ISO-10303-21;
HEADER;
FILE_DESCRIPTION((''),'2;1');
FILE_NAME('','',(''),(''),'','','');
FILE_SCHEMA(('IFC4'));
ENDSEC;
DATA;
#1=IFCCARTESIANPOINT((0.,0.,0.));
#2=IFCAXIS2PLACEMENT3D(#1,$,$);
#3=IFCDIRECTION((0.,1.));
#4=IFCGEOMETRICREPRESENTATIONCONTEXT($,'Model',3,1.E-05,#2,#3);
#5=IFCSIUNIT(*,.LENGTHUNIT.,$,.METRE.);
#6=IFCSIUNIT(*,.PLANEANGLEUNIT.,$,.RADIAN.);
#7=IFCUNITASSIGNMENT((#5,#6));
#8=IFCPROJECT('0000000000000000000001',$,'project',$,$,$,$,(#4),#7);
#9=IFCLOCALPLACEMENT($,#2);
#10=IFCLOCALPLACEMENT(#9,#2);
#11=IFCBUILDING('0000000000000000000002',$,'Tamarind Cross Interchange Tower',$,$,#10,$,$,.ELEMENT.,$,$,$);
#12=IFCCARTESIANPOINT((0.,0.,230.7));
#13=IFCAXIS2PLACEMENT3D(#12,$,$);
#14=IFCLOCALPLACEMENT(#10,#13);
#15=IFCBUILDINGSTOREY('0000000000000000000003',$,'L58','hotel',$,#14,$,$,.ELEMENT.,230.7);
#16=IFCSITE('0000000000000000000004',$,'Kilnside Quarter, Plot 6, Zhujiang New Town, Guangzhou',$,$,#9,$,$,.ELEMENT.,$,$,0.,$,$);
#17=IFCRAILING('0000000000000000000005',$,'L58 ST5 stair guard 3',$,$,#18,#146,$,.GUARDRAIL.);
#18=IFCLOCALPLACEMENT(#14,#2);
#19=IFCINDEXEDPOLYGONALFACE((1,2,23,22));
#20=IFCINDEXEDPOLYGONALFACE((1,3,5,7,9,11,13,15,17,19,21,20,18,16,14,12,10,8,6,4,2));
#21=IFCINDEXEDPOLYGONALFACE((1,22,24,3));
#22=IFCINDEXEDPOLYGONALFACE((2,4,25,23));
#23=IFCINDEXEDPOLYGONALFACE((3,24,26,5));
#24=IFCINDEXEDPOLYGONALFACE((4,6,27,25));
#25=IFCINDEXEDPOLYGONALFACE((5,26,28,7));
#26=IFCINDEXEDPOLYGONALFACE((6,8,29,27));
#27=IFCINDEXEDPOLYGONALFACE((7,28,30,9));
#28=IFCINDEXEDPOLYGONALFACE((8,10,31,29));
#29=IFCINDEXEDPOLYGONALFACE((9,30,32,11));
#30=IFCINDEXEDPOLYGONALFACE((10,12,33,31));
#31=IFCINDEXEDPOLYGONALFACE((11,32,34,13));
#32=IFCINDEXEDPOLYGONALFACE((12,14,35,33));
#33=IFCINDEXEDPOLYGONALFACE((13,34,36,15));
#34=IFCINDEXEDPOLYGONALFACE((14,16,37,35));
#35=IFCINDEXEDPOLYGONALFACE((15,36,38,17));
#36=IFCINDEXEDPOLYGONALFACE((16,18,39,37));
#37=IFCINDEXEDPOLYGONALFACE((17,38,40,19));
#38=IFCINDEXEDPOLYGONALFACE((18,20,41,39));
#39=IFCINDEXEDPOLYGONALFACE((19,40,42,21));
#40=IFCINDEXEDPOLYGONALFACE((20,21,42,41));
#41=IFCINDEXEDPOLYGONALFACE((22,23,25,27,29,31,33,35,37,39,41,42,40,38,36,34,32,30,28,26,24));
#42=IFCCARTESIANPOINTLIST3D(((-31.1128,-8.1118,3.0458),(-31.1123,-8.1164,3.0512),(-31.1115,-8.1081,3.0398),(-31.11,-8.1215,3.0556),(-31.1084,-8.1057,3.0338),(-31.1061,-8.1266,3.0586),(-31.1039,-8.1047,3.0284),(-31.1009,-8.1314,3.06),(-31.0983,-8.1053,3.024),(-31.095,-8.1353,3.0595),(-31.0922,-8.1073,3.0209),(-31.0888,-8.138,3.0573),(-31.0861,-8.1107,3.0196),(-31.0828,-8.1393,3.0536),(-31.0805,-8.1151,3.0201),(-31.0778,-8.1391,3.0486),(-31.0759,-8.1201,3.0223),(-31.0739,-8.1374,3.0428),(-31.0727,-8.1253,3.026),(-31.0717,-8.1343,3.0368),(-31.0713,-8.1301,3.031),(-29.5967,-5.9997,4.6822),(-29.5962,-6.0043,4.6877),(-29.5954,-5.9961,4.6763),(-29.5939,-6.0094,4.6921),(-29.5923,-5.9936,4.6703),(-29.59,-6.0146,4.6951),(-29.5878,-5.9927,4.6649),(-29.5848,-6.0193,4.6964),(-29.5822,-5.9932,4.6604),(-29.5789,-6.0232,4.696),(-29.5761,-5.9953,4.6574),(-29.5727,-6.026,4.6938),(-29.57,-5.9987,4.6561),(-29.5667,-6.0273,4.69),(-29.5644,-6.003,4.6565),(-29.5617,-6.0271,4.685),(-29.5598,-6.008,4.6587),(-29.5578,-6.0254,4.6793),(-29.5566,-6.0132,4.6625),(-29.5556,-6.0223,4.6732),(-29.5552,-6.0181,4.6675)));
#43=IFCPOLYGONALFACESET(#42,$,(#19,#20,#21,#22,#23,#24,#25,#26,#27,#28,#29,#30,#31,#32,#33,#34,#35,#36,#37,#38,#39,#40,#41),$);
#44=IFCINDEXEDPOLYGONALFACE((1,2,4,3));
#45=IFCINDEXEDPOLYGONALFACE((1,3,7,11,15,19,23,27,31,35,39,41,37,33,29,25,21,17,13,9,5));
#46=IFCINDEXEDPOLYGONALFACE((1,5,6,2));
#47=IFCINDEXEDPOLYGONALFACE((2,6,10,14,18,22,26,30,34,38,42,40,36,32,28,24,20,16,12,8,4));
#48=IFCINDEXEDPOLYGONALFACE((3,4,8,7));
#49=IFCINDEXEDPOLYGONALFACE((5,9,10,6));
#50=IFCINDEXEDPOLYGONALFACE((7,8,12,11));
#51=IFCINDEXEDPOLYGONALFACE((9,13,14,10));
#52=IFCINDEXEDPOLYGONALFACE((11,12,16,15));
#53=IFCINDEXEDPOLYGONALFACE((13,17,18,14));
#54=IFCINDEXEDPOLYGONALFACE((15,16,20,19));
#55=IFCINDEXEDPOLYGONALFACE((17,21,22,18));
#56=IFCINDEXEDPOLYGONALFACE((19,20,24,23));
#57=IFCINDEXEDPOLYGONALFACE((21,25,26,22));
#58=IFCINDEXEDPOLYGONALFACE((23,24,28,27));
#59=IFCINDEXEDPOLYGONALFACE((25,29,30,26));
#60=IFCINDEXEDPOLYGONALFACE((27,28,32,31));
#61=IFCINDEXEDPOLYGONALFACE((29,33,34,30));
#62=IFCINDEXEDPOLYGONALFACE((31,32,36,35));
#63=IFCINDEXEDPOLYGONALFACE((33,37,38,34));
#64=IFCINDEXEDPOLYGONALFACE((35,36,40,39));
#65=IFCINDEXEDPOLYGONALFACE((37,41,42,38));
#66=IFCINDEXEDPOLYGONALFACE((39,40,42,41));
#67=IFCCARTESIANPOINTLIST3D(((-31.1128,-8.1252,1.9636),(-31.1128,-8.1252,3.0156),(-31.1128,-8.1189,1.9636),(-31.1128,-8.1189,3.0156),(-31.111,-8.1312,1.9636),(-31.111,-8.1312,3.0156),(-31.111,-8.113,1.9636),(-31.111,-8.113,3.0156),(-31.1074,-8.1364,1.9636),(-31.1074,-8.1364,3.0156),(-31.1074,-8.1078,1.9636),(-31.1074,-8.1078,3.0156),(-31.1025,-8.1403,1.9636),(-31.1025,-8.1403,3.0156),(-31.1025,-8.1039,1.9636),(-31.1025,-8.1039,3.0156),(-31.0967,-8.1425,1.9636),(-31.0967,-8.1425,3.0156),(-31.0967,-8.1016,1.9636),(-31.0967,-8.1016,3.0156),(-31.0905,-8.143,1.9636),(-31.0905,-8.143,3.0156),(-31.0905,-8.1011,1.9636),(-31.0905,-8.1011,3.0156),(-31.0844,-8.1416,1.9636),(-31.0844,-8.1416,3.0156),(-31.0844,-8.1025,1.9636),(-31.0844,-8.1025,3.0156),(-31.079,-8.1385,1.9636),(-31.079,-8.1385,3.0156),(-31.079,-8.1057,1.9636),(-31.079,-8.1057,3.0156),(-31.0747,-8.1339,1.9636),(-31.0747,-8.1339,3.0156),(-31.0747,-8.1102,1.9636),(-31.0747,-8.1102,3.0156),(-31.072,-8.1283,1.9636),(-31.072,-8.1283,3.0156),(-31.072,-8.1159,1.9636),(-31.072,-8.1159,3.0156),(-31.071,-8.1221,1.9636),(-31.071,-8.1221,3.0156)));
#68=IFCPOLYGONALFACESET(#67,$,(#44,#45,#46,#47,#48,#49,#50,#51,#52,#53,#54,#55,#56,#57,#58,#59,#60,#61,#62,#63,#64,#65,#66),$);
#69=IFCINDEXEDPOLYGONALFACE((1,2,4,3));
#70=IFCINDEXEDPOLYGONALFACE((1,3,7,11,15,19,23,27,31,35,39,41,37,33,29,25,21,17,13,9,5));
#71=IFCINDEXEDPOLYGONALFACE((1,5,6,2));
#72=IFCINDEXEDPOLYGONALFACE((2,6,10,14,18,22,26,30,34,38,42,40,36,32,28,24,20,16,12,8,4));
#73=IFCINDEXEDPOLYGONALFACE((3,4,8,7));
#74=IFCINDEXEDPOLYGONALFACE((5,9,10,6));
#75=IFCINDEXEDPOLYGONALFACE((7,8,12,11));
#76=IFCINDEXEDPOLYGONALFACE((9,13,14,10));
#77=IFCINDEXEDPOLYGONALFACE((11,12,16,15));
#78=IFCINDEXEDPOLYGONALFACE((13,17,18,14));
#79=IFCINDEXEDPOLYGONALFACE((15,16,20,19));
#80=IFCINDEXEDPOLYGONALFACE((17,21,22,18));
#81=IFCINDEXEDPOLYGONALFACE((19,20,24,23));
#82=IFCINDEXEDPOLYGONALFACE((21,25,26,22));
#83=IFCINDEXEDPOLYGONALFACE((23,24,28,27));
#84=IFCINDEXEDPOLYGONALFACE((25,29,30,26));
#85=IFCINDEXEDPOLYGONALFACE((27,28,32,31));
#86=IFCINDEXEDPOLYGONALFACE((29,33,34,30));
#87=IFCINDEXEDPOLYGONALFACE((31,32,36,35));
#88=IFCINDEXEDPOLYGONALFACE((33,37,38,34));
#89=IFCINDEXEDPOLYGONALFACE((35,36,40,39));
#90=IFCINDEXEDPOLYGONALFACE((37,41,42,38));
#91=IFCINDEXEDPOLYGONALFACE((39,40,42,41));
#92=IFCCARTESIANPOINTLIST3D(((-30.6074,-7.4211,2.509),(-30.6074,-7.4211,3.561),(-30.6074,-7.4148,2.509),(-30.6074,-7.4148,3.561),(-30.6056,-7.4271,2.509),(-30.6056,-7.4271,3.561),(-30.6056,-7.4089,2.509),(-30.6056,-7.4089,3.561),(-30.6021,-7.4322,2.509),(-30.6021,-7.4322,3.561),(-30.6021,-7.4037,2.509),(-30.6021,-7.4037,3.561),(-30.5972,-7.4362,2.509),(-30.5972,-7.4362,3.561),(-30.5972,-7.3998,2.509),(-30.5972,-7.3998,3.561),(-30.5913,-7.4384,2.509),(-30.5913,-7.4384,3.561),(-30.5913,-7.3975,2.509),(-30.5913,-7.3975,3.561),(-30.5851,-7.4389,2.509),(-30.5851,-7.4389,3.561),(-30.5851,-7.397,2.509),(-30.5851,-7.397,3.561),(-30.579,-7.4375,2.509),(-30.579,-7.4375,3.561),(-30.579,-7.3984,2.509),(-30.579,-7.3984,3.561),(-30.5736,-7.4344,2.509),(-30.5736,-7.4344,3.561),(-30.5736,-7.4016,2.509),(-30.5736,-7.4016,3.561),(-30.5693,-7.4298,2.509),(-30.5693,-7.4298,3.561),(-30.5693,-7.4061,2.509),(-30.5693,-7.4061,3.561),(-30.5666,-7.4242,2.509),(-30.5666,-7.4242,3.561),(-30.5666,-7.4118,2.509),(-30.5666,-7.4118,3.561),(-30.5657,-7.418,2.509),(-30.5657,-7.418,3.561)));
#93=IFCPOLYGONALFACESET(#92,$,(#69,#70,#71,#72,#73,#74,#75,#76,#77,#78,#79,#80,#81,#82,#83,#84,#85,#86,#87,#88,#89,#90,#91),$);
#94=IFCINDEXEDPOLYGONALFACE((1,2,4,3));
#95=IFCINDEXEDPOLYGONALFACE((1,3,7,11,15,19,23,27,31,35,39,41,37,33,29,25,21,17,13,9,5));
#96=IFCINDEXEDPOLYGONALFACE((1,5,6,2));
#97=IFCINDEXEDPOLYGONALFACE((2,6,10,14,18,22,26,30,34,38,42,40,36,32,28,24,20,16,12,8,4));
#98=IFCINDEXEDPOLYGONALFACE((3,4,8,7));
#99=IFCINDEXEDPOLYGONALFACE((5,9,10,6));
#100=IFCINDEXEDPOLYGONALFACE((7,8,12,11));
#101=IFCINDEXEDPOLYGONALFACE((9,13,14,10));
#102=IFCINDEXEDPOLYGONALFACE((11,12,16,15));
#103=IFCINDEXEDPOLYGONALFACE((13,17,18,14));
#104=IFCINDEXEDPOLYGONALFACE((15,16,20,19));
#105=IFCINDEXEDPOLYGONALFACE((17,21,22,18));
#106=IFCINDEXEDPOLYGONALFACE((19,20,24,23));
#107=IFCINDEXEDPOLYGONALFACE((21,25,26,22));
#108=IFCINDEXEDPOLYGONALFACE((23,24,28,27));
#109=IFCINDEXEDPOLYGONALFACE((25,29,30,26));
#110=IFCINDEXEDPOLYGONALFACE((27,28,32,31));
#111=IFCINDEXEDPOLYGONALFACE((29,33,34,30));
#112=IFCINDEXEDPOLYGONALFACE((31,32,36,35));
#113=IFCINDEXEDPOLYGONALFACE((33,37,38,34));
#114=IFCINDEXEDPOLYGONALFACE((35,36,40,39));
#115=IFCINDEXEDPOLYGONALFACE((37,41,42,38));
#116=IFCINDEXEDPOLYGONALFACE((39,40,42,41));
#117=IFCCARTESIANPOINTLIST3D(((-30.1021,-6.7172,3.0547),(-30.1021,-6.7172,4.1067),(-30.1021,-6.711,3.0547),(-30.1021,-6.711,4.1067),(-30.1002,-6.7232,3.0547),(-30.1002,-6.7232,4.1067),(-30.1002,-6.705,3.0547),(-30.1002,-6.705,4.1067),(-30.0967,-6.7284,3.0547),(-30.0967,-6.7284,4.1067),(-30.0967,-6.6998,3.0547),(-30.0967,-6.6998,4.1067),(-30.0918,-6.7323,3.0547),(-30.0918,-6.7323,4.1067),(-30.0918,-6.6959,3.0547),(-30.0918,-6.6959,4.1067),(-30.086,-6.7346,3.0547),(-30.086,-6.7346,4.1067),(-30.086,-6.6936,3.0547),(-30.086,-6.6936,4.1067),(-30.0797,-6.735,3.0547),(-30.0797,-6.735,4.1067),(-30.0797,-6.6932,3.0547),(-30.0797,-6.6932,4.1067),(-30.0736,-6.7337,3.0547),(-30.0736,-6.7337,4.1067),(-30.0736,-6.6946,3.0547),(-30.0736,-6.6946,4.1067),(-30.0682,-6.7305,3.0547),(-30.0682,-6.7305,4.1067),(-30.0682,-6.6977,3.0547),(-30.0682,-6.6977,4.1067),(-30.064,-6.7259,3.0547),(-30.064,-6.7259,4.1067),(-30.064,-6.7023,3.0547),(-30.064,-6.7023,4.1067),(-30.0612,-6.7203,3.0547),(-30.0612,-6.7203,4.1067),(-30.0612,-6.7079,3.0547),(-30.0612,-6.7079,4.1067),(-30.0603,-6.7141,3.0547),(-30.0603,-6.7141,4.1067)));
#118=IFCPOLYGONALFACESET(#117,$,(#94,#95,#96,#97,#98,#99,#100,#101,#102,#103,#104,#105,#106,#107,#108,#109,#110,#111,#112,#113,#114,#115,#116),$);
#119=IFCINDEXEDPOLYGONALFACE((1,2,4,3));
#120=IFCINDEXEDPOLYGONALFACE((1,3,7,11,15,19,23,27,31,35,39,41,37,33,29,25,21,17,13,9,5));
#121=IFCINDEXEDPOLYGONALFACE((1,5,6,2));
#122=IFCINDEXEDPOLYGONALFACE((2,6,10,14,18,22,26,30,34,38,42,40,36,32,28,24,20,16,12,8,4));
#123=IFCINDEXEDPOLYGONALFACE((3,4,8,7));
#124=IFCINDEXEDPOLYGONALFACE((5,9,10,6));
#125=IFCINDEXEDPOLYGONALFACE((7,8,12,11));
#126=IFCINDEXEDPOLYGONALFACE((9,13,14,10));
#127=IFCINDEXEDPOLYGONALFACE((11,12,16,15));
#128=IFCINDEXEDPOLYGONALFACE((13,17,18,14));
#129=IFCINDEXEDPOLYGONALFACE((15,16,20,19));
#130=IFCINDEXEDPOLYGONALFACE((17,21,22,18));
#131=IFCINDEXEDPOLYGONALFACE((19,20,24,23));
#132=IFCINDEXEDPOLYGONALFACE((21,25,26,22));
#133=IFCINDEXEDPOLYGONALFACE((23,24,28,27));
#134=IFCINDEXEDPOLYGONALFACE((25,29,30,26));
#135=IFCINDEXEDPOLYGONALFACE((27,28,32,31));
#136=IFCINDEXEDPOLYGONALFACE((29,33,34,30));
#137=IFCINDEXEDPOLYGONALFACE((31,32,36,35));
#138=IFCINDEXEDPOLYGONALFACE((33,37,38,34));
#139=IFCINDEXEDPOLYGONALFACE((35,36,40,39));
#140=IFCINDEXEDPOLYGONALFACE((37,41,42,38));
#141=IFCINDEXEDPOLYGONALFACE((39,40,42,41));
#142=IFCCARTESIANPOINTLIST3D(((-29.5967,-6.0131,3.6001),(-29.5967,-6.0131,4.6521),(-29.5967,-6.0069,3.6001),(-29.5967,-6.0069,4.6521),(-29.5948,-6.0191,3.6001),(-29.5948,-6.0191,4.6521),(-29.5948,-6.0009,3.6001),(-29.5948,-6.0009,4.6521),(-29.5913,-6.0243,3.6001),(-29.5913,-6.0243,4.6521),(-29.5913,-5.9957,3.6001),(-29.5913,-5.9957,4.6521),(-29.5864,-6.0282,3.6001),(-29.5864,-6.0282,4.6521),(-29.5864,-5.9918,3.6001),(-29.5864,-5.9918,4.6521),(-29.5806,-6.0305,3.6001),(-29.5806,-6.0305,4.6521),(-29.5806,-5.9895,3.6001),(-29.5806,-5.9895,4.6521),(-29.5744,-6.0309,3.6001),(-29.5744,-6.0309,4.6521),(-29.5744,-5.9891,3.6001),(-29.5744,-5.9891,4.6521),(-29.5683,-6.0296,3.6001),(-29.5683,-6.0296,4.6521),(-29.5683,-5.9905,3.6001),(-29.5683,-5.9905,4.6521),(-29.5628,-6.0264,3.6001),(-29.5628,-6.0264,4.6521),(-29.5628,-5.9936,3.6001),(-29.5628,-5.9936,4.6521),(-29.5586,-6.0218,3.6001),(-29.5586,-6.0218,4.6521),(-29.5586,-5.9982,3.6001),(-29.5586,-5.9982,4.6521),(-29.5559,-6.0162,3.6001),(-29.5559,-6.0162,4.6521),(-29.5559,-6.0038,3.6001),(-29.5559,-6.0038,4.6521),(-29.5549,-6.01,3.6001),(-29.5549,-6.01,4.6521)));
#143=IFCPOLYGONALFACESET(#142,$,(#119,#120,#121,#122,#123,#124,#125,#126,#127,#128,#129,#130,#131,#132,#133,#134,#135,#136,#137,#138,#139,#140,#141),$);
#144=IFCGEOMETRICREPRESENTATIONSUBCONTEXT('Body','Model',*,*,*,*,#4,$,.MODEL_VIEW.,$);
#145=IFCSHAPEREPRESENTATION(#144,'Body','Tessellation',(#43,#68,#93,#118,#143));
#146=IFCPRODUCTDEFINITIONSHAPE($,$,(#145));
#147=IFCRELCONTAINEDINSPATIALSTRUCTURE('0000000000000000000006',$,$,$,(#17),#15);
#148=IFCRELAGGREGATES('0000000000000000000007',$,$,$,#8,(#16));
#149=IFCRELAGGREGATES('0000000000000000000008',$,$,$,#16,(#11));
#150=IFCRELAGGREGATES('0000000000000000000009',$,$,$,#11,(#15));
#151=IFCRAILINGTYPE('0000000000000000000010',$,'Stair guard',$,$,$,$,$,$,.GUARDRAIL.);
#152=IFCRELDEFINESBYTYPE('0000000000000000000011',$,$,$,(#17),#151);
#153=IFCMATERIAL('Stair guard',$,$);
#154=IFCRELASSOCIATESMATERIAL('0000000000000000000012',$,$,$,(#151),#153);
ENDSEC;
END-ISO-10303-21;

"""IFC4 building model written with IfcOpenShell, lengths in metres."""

from ifc_helpers import new_model, si_unit, direction, frame, origin, origin_2d, place, context, subcontext, project, spatial, circle, extrude, material, type_object, element, save


model = new_model("IFC4")

# Units and contexts
model_context = context("Model", 3, precision=1e-05, world=origin(), true_north=direction((0.0, 1.0)))
body_context = subcontext(model_context, "Body", "Model", "MODEL_VIEW")
ifc_project = project(units=[si_unit("LENGTHUNIT", "METRE"), si_unit("PLANEANGLEUNIT", "RADIAN")], contexts=[model_context])

# Site, building, storey
site_placement = place(None, origin())
site = spatial("IfcSite", under=ifc_project, at=site_placement, Name="Kilnside Quarter, Plot 6, Zhujiang New Town, Guangzhou", CompositionType="ELEMENT", RefElevation=0.0)
building_placement = place(site_placement, origin())
building = spatial("IfcBuilding", under=site, at=building_placement, Name="Tamarind Cross Interchange Tower", CompositionType="ELEMENT")
storey_placement = place(building_placement, frame((0.0, 0.0, 230.7)))
storey = spatial("IfcBuildingStorey", under=building, at=storey_placement, Name="L58", Description="hotel", CompositionType="ELEMENT", Elevation=230.7)

# Railing
ifc_material_1 = material(Name="Stair guard")
railing_type_1 = type_object("IfcRailingType", Name="Stair guard", PredefinedType="GUARDRAIL", material=ifc_material_1)
railing_1_placement = place(storey_placement, frame((-31.092, -8.1221, 1.9636)))
element("IfcRailing", 1, at=railing_1_placement, inside=storey, type_object=railing_type_1, Name="L58 ST5 stair guard 3", PredefinedType="GUARDRAIL", context=body_context, shape_type="SweptSolid", body=[
    extrude(circle(Radius=0.0239, at=origin_2d()), frame((0.0, 0.0, 1.0762), z_axis=(0.49352, 0.68751, 0.532699), x_axis=(-0.812367, 0.583146, 0.0)), (0.0, 0.0, 1.0), 3.072),
    extrude(circle(Radius=0.021, at=origin_2d()), origin(), (0.0, 0.0, 1.0), 1.052),
    extrude(circle(Radius=0.021, at=origin_2d()), frame((0.5054, 0.7041, 0.5454)), (0.0, 0.0, 1.0), 1.052),
    extrude(circle(Radius=0.021, at=origin_2d()), frame((1.0107, 1.408, 1.0911)), (0.0, 0.0, 1.0), 1.052),
    extrude(circle(Radius=0.021, at=origin_2d()), frame((1.5161, 2.1121, 1.6365)), (0.0, 0.0, 1.0), 1.052),
])

save(model, "model.ifc")
